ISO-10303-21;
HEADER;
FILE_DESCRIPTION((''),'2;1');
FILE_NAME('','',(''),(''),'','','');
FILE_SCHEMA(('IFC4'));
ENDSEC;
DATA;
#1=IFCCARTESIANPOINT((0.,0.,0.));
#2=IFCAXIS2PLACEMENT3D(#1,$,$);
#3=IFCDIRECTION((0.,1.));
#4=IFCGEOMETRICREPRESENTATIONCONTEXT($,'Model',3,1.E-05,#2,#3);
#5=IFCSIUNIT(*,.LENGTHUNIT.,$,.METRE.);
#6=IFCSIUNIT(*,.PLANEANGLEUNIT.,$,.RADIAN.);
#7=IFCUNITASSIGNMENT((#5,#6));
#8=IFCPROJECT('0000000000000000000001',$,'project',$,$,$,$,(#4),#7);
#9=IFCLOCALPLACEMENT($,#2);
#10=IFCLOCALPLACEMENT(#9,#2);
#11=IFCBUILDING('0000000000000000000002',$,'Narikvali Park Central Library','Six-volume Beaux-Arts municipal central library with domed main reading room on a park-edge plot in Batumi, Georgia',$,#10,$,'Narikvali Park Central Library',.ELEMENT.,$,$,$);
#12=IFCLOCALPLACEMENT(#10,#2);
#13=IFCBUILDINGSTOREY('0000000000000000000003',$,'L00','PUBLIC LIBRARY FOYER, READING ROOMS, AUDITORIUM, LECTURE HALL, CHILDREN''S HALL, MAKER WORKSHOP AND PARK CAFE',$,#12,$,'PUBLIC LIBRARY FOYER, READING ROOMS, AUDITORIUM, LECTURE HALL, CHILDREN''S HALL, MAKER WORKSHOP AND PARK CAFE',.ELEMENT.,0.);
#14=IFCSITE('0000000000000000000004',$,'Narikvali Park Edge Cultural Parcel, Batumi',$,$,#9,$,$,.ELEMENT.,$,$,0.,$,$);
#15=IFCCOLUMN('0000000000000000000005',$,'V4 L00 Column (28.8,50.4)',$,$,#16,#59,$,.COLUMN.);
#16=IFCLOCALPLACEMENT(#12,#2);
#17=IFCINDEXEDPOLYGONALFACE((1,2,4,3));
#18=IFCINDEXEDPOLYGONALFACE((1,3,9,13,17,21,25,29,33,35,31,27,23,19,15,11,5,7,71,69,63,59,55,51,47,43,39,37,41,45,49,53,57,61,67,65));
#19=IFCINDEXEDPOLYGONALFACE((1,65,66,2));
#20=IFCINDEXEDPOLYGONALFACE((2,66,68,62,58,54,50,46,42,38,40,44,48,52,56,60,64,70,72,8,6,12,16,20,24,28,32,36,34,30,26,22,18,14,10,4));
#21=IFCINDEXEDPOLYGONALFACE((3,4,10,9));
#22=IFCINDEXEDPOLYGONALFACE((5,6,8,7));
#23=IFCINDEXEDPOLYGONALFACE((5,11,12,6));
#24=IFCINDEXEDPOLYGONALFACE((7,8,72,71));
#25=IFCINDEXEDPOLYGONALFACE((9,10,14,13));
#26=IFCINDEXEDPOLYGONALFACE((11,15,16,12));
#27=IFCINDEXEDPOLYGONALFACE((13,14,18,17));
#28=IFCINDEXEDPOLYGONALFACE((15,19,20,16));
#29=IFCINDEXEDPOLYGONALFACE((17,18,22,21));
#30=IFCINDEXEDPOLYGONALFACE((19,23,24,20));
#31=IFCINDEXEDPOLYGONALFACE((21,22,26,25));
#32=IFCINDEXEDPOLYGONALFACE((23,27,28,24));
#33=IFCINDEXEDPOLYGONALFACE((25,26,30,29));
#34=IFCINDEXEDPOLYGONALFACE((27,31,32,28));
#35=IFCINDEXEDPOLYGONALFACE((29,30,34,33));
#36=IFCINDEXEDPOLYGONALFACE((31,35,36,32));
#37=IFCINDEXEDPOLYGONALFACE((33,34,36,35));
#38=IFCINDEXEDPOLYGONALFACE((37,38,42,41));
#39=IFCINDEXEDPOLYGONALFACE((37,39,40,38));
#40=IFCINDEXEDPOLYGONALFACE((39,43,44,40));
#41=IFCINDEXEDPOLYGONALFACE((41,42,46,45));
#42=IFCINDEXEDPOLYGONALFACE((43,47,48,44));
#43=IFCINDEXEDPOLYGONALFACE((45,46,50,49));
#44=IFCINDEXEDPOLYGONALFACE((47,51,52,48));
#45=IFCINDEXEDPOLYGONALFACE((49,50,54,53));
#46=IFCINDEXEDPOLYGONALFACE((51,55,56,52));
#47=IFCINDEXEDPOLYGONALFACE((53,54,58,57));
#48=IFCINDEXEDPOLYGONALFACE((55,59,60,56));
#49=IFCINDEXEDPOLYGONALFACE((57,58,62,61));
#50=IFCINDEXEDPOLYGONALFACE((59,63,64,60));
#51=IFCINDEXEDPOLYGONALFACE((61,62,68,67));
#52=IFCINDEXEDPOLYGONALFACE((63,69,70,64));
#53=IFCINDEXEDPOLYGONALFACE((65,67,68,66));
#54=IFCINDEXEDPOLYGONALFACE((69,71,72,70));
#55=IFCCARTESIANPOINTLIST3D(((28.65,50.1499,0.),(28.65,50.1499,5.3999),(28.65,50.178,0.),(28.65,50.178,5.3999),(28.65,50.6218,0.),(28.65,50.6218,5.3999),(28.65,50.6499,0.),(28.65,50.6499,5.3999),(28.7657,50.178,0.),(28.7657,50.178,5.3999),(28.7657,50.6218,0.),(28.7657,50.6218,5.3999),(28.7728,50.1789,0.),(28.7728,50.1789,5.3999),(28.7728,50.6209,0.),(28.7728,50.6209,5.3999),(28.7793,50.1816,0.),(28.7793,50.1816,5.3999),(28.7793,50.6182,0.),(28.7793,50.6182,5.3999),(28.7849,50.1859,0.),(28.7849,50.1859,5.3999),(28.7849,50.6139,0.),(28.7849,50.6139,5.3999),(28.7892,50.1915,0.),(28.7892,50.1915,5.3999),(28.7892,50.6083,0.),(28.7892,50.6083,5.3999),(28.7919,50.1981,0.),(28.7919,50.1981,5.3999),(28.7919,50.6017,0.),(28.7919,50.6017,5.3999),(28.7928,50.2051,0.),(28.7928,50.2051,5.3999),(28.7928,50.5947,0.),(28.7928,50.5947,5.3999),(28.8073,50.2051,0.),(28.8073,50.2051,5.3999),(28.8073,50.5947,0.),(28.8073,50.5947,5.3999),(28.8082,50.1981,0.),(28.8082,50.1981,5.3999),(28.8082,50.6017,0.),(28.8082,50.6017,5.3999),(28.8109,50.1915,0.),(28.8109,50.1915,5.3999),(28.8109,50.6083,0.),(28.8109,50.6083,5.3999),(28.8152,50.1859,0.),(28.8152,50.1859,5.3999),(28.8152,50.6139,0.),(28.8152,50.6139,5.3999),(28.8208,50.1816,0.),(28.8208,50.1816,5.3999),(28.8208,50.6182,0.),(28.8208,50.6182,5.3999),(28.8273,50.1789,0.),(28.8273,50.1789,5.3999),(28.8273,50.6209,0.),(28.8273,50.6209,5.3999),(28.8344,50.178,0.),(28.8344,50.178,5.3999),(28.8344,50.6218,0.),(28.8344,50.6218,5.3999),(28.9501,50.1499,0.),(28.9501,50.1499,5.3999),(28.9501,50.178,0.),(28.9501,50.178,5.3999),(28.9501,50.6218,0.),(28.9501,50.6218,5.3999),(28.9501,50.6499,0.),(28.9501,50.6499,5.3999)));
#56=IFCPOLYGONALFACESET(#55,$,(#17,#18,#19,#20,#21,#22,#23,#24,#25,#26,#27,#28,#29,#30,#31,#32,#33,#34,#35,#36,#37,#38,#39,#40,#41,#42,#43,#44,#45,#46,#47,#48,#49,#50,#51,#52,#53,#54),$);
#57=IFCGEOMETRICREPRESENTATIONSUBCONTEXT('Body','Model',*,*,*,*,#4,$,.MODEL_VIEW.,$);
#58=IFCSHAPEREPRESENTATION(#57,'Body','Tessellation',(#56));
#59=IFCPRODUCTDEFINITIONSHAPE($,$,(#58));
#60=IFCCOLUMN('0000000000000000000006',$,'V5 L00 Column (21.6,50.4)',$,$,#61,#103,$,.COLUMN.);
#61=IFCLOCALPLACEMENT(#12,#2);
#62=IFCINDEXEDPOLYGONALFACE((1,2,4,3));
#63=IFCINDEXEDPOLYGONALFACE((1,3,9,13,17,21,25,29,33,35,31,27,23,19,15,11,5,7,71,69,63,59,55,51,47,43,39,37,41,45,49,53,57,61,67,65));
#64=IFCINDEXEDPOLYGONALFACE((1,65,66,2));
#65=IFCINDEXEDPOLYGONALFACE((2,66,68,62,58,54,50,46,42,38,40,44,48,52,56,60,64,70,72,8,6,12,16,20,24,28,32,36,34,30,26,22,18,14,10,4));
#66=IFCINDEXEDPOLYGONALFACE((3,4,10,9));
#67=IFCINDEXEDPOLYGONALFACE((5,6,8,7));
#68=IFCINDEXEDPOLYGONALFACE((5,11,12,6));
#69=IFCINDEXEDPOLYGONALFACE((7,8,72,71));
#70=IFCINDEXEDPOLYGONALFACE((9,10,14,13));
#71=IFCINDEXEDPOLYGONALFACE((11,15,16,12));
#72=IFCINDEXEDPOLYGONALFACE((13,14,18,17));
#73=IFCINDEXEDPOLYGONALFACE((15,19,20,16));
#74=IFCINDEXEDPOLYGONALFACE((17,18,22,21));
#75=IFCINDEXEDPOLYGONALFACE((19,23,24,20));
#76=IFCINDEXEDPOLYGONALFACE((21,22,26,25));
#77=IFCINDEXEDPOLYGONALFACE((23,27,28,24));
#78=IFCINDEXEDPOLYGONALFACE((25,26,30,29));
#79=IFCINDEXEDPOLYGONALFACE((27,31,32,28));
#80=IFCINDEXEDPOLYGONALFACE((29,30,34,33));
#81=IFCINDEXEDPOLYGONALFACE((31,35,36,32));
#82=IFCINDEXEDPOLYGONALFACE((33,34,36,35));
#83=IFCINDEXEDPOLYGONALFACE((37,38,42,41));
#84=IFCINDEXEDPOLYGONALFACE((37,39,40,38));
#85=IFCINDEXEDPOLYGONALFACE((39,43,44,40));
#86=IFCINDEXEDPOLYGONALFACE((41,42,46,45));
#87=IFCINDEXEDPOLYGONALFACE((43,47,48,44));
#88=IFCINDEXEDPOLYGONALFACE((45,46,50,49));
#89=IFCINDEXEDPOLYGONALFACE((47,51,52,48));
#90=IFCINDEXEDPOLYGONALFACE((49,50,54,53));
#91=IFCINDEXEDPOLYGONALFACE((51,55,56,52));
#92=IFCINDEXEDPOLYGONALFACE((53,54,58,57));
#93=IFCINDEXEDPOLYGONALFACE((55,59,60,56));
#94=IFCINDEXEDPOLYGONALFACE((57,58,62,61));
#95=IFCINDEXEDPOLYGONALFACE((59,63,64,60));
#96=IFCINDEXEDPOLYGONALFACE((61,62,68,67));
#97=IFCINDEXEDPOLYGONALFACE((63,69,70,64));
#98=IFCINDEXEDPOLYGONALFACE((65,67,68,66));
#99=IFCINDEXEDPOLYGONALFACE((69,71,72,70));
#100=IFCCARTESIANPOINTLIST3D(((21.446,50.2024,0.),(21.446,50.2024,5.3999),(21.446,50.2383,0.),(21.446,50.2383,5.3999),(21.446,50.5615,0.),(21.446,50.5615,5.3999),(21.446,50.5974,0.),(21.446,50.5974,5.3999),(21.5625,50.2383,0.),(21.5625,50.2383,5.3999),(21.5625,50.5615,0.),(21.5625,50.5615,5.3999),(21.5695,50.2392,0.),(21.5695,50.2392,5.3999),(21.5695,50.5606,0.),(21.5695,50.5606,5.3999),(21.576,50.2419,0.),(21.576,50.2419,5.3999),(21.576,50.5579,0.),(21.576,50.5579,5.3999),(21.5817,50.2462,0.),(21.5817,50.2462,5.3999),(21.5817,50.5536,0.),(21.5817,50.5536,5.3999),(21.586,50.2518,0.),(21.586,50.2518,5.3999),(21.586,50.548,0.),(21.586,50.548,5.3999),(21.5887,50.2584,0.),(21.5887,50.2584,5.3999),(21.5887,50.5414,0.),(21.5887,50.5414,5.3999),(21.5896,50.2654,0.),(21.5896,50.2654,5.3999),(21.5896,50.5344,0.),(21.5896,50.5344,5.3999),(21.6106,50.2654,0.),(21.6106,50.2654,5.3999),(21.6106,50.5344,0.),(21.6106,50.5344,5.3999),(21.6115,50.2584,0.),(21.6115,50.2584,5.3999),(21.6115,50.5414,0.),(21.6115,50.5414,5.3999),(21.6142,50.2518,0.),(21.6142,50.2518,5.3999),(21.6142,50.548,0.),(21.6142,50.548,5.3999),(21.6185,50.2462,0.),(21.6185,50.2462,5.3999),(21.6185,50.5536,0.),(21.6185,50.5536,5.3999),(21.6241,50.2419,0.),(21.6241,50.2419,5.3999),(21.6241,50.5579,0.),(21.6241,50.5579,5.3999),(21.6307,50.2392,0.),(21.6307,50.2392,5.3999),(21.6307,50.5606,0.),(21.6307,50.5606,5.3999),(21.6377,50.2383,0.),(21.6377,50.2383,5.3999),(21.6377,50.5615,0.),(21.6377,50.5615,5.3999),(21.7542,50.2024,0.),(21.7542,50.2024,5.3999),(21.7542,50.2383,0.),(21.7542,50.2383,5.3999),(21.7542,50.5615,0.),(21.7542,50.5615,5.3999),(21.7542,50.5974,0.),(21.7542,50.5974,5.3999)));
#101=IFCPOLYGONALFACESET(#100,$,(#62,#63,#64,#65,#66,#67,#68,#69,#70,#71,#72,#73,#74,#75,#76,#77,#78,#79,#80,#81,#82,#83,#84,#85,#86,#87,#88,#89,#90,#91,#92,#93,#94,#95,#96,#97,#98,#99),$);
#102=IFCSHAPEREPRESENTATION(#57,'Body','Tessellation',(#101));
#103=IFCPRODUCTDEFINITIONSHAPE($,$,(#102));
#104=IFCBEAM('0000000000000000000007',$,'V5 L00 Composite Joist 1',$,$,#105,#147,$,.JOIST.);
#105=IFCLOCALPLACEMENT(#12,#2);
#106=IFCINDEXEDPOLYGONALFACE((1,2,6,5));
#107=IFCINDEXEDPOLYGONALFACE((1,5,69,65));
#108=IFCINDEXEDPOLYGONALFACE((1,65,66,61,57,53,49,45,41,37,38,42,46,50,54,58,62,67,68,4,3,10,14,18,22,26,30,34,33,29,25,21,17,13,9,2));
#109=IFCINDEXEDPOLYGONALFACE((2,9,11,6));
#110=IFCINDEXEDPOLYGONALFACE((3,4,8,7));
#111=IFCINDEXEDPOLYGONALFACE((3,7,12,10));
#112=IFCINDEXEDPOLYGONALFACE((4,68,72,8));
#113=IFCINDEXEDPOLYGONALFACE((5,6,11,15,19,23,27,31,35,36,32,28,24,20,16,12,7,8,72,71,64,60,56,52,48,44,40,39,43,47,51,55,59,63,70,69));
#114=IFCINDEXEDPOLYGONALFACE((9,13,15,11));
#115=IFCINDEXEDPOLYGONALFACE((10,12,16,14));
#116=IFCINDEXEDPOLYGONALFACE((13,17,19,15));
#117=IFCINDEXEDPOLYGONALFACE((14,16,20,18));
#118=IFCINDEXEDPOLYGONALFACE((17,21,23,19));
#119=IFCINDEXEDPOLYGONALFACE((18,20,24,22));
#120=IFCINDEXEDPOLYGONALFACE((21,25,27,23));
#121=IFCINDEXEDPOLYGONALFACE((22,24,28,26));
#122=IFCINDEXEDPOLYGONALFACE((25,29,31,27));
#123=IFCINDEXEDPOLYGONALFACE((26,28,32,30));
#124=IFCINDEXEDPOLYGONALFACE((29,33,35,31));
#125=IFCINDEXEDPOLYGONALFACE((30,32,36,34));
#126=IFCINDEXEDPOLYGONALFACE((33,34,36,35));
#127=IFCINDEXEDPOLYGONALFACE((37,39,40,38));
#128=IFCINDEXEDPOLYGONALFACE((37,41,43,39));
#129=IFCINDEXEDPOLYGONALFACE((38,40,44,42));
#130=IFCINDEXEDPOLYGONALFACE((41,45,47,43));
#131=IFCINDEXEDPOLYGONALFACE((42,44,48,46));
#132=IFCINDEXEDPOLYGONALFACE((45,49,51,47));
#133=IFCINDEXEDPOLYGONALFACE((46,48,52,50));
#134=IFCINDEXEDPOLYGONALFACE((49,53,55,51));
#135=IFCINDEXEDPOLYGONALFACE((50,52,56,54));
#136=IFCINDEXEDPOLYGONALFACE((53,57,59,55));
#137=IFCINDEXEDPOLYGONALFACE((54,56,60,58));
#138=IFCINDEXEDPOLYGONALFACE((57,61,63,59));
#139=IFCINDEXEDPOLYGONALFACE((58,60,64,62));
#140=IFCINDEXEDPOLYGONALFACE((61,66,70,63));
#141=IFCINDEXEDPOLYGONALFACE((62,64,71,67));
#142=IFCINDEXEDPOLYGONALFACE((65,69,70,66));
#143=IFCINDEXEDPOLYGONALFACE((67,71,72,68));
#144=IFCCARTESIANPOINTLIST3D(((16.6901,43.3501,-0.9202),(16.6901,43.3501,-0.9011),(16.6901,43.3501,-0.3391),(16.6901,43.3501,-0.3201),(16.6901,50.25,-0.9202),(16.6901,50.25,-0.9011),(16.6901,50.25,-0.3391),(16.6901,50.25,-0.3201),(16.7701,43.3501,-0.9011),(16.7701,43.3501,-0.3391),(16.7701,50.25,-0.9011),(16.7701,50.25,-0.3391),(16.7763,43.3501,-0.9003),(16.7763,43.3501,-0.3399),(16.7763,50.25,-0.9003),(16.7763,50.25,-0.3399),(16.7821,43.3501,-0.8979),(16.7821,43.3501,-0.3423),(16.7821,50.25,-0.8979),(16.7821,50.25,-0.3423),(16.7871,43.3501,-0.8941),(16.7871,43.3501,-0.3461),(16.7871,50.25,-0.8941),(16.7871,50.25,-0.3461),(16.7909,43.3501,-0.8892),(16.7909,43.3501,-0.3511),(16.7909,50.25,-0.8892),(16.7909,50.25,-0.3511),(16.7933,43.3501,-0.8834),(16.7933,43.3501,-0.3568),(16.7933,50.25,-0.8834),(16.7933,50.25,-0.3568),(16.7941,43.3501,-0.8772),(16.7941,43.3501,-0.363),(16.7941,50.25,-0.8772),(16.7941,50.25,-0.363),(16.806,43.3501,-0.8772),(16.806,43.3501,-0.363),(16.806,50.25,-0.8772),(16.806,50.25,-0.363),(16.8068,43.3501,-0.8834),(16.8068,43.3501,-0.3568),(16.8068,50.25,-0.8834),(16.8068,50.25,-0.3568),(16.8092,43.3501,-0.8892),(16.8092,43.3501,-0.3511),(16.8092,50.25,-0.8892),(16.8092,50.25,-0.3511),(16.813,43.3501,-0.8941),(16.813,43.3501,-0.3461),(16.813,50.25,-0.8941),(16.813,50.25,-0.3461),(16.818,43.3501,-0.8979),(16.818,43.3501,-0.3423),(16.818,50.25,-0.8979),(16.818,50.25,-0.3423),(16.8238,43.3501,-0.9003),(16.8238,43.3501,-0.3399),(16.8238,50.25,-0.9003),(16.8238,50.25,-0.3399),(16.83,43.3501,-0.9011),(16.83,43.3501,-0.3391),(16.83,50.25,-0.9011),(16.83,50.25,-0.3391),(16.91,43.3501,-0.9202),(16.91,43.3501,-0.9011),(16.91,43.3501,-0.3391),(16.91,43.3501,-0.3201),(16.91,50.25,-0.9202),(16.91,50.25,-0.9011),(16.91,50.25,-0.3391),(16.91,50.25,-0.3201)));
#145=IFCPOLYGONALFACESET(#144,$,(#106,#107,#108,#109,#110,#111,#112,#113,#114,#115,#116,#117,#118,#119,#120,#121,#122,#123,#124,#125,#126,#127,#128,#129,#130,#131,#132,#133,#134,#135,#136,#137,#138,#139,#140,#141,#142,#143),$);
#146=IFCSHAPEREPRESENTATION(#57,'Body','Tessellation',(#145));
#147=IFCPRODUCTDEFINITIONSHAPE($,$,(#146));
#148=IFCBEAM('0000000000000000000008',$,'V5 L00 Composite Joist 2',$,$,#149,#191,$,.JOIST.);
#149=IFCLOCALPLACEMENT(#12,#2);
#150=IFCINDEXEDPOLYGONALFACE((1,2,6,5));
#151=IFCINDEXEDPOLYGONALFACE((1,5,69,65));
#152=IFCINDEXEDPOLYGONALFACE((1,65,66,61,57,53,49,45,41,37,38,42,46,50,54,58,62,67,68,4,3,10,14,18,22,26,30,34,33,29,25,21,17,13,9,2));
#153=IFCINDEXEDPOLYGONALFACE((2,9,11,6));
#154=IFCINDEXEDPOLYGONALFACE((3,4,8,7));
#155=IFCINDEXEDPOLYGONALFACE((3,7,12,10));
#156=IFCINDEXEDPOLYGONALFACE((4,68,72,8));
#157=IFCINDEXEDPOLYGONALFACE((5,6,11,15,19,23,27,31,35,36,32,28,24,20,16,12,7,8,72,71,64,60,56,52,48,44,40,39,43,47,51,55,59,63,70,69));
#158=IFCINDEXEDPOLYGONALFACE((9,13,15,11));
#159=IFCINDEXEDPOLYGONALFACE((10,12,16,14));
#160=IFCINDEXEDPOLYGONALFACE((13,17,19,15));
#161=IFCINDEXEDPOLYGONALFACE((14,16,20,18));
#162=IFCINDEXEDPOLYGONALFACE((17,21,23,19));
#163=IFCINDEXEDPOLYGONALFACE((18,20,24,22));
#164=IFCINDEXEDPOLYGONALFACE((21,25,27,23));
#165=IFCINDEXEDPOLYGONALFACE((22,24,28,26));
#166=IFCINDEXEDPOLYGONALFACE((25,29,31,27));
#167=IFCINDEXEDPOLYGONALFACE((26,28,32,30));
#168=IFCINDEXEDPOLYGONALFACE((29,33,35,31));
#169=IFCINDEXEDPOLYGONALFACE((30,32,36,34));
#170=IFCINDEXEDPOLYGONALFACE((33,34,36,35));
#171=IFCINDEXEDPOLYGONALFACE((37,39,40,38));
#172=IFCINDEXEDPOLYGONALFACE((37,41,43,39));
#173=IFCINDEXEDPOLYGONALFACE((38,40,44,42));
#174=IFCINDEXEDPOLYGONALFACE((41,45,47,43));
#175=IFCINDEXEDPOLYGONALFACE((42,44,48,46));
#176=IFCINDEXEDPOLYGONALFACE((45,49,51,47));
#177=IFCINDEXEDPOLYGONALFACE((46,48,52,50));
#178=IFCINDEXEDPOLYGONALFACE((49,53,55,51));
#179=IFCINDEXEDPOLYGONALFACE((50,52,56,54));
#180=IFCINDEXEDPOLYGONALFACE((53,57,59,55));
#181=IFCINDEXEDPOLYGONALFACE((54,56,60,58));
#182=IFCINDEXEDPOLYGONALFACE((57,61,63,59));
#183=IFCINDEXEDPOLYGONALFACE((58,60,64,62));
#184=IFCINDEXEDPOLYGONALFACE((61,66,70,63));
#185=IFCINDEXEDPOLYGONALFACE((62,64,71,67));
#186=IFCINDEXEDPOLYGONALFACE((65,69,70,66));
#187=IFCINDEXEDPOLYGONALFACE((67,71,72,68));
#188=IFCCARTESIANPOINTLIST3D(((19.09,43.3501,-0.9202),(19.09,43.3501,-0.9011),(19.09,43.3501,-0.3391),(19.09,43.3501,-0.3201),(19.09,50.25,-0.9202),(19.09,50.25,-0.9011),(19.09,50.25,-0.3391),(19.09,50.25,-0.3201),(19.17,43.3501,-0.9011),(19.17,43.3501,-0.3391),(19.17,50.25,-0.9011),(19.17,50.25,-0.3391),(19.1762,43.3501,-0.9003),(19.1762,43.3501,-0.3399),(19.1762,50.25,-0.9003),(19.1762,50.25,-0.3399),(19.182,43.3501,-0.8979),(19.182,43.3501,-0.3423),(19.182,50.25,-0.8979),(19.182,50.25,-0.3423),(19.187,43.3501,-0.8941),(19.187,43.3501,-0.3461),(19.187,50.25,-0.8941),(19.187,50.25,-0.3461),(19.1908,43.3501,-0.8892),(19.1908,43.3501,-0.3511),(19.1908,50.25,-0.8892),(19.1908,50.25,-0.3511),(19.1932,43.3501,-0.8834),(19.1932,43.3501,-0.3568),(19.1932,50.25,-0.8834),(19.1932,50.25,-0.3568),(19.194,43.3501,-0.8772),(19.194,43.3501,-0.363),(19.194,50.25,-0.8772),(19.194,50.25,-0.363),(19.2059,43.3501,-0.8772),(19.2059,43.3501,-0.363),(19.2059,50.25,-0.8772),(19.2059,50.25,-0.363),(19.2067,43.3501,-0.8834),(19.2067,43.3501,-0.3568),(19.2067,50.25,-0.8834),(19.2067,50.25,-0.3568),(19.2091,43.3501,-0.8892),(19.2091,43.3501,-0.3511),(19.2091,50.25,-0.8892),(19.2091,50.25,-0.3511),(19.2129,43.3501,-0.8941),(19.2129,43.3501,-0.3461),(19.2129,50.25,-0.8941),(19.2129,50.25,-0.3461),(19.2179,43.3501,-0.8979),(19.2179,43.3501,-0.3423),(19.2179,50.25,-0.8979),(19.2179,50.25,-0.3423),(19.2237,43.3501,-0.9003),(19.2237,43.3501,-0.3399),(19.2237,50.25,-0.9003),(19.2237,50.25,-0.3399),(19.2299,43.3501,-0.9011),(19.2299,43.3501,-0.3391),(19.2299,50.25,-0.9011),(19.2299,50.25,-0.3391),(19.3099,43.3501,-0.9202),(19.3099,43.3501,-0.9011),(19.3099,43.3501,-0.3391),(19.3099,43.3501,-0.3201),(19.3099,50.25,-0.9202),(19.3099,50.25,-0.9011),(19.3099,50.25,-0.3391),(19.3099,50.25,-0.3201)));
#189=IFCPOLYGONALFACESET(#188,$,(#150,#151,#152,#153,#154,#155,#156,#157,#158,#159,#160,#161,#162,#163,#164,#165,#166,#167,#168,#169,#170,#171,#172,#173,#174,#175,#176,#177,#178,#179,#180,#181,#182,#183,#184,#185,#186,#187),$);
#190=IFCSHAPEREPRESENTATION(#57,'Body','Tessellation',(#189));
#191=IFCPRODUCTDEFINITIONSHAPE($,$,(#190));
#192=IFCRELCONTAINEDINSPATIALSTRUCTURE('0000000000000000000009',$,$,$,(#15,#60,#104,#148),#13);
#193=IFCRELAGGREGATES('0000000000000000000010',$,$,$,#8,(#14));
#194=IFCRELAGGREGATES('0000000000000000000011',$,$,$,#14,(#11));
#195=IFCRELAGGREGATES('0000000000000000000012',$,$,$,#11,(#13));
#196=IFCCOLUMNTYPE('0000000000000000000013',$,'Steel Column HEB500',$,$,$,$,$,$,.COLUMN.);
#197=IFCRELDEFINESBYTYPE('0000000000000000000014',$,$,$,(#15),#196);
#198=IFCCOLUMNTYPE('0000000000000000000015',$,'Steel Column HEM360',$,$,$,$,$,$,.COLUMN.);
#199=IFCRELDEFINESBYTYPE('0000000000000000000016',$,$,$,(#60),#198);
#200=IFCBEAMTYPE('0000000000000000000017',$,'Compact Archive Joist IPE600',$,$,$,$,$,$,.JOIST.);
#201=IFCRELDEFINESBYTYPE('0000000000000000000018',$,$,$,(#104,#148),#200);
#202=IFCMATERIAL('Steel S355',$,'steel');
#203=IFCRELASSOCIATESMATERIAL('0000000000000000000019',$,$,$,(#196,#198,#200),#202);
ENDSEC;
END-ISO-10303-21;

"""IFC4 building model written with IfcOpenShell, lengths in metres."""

from ifc_helpers import new_model, si_unit, direction, frame, origin, origin_2d, place, context, subcontext, project, spatial, i_section, extrude, material, material_profile, profile_set, type_object, element, save


model = new_model("IFC4")

# Units and contexts
model_context = context("Model", 3, precision=1e-05, world=origin(), true_north=direction((0.0, 1.0)))
body_context = subcontext(model_context, "Body", "Model", "MODEL_VIEW")
ifc_project = project(units=[si_unit("LENGTHUNIT", "METRE"), si_unit("PLANEANGLEUNIT", "RADIAN")], contexts=[model_context])

# Site, building, storey
site_placement = place(None, origin())
site = spatial("IfcSite", under=ifc_project, at=site_placement, Name="Narikvali Park Edge Cultural Parcel, Batumi", CompositionType="ELEMENT", RefElevation=0.0)
building_placement = place(site_placement, origin())
building = spatial("IfcBuilding", under=site, at=building_placement, Name="Narikvali Park Central Library", Description="Six-volume Beaux-Arts municipal central library with domed main reading room on a park-edge plot in Batumi, Georgia", LongName="Narikvali Park Central Library", CompositionType="ELEMENT")
storey_placement = place(building_placement, origin())
storey = spatial("IfcBuildingStorey", under=building, at=storey_placement, Name="L00", Description="PUBLIC LIBRARY FOYER, READING ROOMS, AUDITORIUM, LECTURE HALL, CHILDREN'S HALL, MAKER WORKSHOP AND PARK CAFE", LongName="PUBLIC LIBRARY FOYER, READING ROOMS, AUDITORIUM, LECTURE HALL, CHILDREN'S HALL, MAKER WORKSHOP AND PARK CAFE", CompositionType="ELEMENT", Elevation=0.0)

# Columns
ifc_material_1 = material(Name="Steel S355", Category="steel")
ifc_material_profile_1 = material_profile(ifc_material_1, i_section(OverallWidth=0.3, OverallDepth=0.5, WebThickness=0.0144, FlangeThickness=0.0281, FilletRadius=0.0271, at=origin_2d()), Name="HEB 500")
ifc_profile_set_1 = profile_set([ifc_material_profile_1], Name="Steel S355")
column_type_1 = type_object("IfcColumnType", Name="Steel Column HEB500", PredefinedType="COLUMN", material=ifc_profile_set_1)
column_1_placement = place(storey_placement, frame((28.8, 50.3999, 0.0), z_axis=(0.0, 0.0, 1.0), x_axis=(1.0, 0.0, 0.0)))
element("IfcColumn", 1, at=column_1_placement, inside=storey, type_object=column_type_1, Name="V4 L00 Column (28.8,50.4)", PredefinedType="COLUMN", context=body_context, shape_type="SweptSolid", body=[
    extrude(i_section(OverallWidth=0.3, OverallDepth=0.5, WebThickness=0.0144, FlangeThickness=0.0281, FilletRadius=0.0271, at=origin_2d()), origin(), (0.0, 0.0, 1.0), 5.3999),
])
ifc_material_profile_2 = material_profile(ifc_material_1, i_section(OverallWidth=0.3081, OverallDepth=0.395, WebThickness=0.021, FlangeThickness=0.0359, FilletRadius=0.0271, at=origin_2d()), Name="HEM 360")
ifc_profile_set_2 = profile_set([ifc_material_profile_2], Name="Steel S355")
column_type_2 = type_object("IfcColumnType", Name="Steel Column HEM360", PredefinedType="COLUMN", material=ifc_profile_set_2)
column_2_placement = place(storey_placement, frame((21.6001, 50.3999, 0.0), z_axis=(0.0, 0.0, 1.0), x_axis=(1.0, 0.0, 0.0)))
element("IfcColumn", 2, at=column_2_placement, inside=storey, type_object=column_type_2, Name="V5 L00 Column (21.6,50.4)", PredefinedType="COLUMN", context=body_context, shape_type="SweptSolid", body=[
    extrude(i_section(OverallWidth=0.3081, OverallDepth=0.395, WebThickness=0.021, FlangeThickness=0.0359, FilletRadius=0.0271, at=origin_2d()), origin(), (0.0, 0.0, 1.0), 5.3999),
])

# Beams
ifc_material_profile_3 = material_profile(ifc_material_1, i_section(OverallWidth=0.22, OverallDepth=0.6001, WebThickness=0.012, FlangeThickness=0.019, FilletRadius=0.0239, at=origin_2d()), Name="IPE 600")
ifc_profile_set_3 = profile_set([ifc_material_profile_3], Name="Steel S355")
beam_type_1 = type_object("IfcBeamType", Name="Compact Archive Joist IPE600", PredefinedType="JOIST", material=ifc_profile_set_3)
for number, where, z_axis, x_axis, name in (
    (3, (16.8, 43.3501, -0.6201), (0.0, 1.0, 0.0), (-1.0, 0.0, 0.0), "V5 L00 Composite Joist 1"),
    (4, (19.2, 43.3501, -0.6201), (0.0, 1.0, 0.0), (-1.0, 0.0, 0.0), "V5 L00 Composite Joist 2"),
):
    element("IfcBeam", number, at=place(storey_placement, frame(where, z_axis=z_axis, x_axis=x_axis)), inside=storey, type_object=beam_type_1, Name=name, PredefinedType="JOIST", context=body_context, shape_type="SweptSolid", body=[
        extrude(i_section(OverallWidth=0.22, OverallDepth=0.6001, WebThickness=0.012, FlangeThickness=0.019, FilletRadius=0.0239, at=origin_2d()), origin(), (0.0, 0.0, 1.0), 6.8999),
    ])

save(model, "model.ifc")
